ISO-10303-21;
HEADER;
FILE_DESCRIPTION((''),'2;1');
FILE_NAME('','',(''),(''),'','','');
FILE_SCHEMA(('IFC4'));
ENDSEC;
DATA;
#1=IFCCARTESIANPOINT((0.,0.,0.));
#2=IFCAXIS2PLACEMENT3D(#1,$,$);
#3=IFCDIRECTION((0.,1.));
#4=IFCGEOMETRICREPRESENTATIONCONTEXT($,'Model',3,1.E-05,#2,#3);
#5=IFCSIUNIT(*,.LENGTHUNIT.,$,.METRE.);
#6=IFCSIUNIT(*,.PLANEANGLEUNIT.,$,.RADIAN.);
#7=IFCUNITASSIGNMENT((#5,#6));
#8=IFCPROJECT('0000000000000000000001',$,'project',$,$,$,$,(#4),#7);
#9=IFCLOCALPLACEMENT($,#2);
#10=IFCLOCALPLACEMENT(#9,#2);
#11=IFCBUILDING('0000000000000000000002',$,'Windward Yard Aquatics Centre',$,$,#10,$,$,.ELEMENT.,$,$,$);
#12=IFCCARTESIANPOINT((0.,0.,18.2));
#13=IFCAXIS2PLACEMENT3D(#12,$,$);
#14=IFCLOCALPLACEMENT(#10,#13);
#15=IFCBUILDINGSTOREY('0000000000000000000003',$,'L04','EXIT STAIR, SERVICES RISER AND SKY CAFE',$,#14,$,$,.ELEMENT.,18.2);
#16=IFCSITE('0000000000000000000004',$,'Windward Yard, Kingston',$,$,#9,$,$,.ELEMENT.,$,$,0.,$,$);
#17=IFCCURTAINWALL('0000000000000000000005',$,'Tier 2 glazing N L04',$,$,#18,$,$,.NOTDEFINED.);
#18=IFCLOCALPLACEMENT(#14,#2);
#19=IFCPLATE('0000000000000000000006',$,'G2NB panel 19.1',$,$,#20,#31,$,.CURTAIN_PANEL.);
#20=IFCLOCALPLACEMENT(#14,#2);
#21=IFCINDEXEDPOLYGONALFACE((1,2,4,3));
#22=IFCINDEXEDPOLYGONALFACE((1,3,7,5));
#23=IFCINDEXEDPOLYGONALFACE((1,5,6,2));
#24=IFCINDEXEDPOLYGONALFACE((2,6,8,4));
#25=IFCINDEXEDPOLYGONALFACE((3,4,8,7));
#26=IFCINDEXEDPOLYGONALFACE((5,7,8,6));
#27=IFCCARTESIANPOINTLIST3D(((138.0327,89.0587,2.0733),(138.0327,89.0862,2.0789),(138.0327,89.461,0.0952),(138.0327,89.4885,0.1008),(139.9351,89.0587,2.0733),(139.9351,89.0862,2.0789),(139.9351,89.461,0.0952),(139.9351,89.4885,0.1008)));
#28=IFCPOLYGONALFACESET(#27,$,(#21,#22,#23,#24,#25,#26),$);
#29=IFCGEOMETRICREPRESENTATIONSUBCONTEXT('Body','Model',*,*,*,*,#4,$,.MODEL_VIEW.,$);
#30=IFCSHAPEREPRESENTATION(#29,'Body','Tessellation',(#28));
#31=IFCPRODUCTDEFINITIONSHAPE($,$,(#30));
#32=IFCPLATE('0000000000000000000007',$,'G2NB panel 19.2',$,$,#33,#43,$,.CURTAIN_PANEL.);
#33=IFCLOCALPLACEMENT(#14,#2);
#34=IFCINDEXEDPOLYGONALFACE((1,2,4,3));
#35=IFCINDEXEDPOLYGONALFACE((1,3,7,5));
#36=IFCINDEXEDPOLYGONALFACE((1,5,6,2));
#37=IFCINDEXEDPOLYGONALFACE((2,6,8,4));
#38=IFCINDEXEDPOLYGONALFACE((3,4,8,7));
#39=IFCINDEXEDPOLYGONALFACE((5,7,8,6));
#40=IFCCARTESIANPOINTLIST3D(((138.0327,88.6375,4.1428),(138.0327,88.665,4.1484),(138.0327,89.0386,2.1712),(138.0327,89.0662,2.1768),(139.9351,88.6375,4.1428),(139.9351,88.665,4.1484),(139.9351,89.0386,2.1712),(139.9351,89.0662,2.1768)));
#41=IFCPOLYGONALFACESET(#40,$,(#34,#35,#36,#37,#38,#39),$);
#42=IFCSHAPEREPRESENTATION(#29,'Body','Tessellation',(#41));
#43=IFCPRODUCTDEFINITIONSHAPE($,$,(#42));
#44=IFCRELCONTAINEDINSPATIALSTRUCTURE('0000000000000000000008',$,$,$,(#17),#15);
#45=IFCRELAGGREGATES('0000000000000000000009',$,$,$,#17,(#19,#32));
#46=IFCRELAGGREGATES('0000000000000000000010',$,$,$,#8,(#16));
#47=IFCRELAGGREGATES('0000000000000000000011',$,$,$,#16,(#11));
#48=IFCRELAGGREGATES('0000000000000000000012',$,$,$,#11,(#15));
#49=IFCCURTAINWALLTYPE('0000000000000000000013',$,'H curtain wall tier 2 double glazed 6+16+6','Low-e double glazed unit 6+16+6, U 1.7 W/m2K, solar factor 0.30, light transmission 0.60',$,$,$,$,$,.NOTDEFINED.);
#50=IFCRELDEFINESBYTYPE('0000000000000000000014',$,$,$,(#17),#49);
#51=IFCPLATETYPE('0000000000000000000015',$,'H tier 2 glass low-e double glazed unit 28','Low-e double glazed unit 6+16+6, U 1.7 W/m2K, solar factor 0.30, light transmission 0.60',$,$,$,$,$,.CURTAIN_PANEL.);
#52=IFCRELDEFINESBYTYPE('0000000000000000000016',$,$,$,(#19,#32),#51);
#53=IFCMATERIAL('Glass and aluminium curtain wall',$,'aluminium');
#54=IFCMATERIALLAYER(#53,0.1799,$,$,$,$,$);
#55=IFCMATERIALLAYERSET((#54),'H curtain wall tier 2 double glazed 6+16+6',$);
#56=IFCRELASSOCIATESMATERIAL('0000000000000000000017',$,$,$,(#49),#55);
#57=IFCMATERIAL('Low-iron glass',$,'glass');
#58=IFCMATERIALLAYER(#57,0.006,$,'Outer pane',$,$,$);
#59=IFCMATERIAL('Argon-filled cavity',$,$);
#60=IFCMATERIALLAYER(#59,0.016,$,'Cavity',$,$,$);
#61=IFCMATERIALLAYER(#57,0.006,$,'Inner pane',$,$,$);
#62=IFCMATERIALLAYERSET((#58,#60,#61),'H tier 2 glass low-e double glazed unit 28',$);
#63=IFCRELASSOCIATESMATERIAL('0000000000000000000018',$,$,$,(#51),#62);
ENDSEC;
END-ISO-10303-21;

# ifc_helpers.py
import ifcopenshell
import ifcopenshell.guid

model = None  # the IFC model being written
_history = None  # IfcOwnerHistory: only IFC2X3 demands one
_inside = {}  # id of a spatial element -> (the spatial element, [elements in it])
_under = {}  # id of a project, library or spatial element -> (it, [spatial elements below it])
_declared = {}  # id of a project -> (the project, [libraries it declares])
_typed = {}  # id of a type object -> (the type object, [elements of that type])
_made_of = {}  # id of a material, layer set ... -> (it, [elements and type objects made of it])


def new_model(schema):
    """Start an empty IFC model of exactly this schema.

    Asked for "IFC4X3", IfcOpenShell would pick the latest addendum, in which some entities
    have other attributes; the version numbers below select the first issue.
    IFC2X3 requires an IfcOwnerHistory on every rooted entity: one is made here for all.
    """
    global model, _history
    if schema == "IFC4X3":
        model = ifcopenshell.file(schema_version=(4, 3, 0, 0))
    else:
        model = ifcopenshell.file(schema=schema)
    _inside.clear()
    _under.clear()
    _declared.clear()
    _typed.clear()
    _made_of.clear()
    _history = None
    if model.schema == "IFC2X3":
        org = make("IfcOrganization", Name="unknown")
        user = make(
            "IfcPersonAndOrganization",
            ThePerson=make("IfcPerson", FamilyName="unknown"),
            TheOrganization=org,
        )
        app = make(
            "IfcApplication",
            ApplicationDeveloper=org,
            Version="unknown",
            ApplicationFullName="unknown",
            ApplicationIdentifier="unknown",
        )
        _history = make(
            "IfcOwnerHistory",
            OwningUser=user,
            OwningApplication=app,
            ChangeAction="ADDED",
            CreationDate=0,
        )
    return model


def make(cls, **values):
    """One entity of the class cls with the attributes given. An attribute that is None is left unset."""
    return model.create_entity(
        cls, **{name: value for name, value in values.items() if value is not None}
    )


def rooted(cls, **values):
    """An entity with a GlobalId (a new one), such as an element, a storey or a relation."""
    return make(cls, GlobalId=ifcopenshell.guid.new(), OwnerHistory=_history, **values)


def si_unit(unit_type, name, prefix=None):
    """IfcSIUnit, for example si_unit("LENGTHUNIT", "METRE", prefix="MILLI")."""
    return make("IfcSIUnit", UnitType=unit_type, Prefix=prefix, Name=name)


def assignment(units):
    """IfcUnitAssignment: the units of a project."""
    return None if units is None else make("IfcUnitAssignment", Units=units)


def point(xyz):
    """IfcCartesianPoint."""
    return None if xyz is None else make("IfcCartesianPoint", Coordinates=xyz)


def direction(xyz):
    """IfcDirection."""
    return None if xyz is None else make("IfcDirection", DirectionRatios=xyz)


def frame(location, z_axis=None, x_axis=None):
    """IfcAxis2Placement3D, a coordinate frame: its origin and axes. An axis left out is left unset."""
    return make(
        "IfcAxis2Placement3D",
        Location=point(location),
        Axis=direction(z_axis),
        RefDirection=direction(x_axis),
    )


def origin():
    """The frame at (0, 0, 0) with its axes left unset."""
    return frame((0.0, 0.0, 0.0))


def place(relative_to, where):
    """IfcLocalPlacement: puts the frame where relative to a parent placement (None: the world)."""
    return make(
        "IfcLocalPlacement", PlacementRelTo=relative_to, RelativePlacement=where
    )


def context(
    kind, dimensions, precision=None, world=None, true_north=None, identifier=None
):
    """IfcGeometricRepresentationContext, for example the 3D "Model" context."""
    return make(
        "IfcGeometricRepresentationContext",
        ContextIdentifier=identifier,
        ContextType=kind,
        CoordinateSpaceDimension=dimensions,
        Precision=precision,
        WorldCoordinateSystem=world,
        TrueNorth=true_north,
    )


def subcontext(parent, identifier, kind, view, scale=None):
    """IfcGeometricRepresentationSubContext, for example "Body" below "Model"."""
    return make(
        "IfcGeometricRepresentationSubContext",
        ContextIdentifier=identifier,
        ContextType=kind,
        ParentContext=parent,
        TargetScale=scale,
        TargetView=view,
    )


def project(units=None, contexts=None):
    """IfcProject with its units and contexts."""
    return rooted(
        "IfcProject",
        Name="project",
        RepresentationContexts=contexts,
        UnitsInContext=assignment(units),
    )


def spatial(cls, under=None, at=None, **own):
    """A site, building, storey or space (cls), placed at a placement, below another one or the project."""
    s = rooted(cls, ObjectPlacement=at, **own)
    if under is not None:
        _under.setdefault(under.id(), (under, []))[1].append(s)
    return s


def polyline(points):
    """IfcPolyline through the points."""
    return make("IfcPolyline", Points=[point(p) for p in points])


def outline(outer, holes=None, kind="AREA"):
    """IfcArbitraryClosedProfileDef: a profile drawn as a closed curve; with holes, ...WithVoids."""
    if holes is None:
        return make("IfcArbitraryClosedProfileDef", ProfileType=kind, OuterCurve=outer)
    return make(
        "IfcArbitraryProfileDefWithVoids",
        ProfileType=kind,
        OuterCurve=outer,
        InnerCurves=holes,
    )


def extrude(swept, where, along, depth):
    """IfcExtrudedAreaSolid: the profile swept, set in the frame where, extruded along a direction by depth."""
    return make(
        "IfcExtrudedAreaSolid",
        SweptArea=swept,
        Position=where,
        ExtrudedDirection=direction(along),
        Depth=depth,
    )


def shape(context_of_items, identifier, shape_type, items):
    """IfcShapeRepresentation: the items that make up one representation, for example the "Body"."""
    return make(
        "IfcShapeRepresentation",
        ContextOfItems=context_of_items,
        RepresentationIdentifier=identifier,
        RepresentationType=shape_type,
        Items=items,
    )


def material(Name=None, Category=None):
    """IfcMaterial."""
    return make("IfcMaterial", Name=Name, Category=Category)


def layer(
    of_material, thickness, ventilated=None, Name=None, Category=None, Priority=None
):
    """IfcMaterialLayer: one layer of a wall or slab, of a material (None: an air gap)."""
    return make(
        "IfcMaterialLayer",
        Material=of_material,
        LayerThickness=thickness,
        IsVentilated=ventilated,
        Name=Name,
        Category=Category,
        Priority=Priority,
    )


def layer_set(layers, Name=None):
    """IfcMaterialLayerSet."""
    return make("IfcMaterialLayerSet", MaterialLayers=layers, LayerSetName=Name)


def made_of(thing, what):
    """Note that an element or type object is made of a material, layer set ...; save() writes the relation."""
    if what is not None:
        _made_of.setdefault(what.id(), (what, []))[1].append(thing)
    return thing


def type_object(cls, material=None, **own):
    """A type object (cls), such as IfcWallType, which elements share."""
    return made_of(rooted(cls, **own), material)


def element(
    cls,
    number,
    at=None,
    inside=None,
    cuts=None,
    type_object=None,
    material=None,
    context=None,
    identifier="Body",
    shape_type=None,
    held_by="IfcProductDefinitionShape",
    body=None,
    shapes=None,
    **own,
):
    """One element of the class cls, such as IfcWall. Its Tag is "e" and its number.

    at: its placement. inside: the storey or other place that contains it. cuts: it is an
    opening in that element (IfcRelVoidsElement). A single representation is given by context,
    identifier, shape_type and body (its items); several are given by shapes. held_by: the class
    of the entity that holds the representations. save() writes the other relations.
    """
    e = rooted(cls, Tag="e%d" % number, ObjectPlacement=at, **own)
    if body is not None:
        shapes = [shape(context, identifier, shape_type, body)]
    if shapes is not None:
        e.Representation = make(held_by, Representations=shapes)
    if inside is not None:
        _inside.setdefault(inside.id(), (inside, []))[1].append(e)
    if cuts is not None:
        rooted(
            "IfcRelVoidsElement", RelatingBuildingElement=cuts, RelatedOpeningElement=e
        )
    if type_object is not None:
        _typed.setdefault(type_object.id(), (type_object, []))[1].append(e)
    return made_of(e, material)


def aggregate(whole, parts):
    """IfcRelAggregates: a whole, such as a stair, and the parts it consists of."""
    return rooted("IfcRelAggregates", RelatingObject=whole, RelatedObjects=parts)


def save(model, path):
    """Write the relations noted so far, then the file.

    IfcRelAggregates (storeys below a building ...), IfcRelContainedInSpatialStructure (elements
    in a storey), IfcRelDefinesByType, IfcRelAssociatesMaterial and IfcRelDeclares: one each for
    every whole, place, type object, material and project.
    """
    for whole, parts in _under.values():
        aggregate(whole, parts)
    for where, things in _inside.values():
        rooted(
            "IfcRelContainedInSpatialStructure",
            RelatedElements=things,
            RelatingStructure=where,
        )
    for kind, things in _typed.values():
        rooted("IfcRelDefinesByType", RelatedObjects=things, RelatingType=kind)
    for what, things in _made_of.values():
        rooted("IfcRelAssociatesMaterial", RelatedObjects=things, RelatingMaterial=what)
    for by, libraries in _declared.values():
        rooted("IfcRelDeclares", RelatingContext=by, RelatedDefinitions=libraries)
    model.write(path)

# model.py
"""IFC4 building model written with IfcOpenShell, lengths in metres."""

from ifc_helpers import new_model, si_unit, direction, frame, origin, place, context, subcontext, project, spatial, polyline, outline, extrude, material, layer, layer_set, type_object, element, aggregate, save


model = new_model("IFC4")

# Units and contexts
model_context = context("Model", 3, precision=1e-05, world=origin(), true_north=direction((0.0, 1.0)))
body_context = subcontext(model_context, "Body", "Model", "MODEL_VIEW")
ifc_project = project(units=[si_unit("LENGTHUNIT", "METRE"), si_unit("PLANEANGLEUNIT", "RADIAN")], contexts=[model_context])

# Site, building, storey
site_placement = place(None, origin())
site = spatial("IfcSite", under=ifc_project, at=site_placement, Name="Windward Yard, Kingston", CompositionType="ELEMENT", RefElevation=0.0)
building_placement = place(site_placement, origin())
building = spatial("IfcBuilding", under=site, at=building_placement, Name="Windward Yard Aquatics Centre", CompositionType="ELEMENT")
storey_placement = place(building_placement, frame((0.0, 0.0, 18.2)))
storey = spatial("IfcBuildingStorey", under=building, at=storey_placement, Name="L04", Description="EXIT STAIR, SERVICES RISER AND SKY CAFE", CompositionType="ELEMENT", Elevation=18.2)

# Curtain wall
ifc_material_1 = material(Name="Glass and aluminium curtain wall", Category="aluminium")
ifc_layer_1 = layer(ifc_material_1, 0.1799)
ifc_layer_set_1 = layer_set([ifc_layer_1], Name="H curtain wall tier 2 double glazed 6+16+6")
curtain_wall_type = type_object("IfcCurtainWallType", Name="H curtain wall tier 2 double glazed 6+16+6", Description="Low-e double glazed unit 6+16+6, U 1.7 W/m2K, solar factor 0.30, light transmission 0.60", PredefinedType="NOTDEFINED", material=ifc_layer_set_1)
curtain_wall_placement = place(storey_placement, origin())
curtain_wall = element("IfcCurtainWall", 1, at=curtain_wall_placement, inside=storey, type_object=curtain_wall_type, Name="Tier 2 glazing N L04", PredefinedType="NOTDEFINED")

# Plates
ifc_material_2 = material(Name="Low-iron glass", Category="glass")
ifc_layer_2 = layer(ifc_material_2, 0.006, Name="Outer pane")
ifc_material_3 = material(Name="Argon-filled cavity")
ifc_layer_3 = layer(ifc_material_3, 0.016, Name="Cavity")
ifc_layer_4 = layer(ifc_material_2, 0.006, Name="Inner pane")
ifc_layer_set_2 = layer_set([ifc_layer_2, ifc_layer_3, ifc_layer_4], Name="H tier 2 glass low-e double glazed unit 28")
plate_type = type_object("IfcPlateType", Name="H tier 2 glass low-e double glazed unit 28", Description="Low-e double glazed unit 6+16+6, U 1.7 W/m2K, solar factor 0.30, light transmission 0.60", PredefinedType="CURTAIN_PANEL", material=ifc_layer_set_2)
plate_1_placement = place(storey_placement, frame((138.0327, 89.0862, 2.0789), z_axis=(0.0, 0.979933, 0.199325), x_axis=(0.0, 0.199325, -0.979933)))
plate_1 = element("IfcPlate", 2, at=plate_1_placement, type_object=plate_type, Name="G2NB panel 19.1", PredefinedType="CURTAIN_PANEL", context=body_context, shape_type="SweptSolid", body=[
    extrude(outline(polyline([(0.0, 0.0), (2.0185, 0.0), (2.0185, -1.9023), (0.0, -1.9023), (0.0, 0.0)])), origin(), (0.0, 0.0, -1.0), 0.0281),
])
plate_2_placement = place(storey_placement, frame((138.0327, 88.665, 4.1484), z_axis=(0.0, 0.979927, 0.199359), x_axis=(0.0, 0.199359, -0.979927)))
plate_2 = element("IfcPlate", 3, at=plate_2_placement, type_object=plate_type, Name="G2NB panel 19.2", PredefinedType="CURTAIN_PANEL", context=body_context, shape_type="SweptSolid", body=[
    extrude(outline(polyline([(0.0, 0.0), (2.0121, 0.0), (2.0121, -1.9023), (0.0, -1.9023), (0.0, 0.0)])), origin(), (0.0, 0.0, -1.0), 0.0281),
])
aggregate(curtain_wall, [plate_1, plate_2])

save(model, "model.ifc")
